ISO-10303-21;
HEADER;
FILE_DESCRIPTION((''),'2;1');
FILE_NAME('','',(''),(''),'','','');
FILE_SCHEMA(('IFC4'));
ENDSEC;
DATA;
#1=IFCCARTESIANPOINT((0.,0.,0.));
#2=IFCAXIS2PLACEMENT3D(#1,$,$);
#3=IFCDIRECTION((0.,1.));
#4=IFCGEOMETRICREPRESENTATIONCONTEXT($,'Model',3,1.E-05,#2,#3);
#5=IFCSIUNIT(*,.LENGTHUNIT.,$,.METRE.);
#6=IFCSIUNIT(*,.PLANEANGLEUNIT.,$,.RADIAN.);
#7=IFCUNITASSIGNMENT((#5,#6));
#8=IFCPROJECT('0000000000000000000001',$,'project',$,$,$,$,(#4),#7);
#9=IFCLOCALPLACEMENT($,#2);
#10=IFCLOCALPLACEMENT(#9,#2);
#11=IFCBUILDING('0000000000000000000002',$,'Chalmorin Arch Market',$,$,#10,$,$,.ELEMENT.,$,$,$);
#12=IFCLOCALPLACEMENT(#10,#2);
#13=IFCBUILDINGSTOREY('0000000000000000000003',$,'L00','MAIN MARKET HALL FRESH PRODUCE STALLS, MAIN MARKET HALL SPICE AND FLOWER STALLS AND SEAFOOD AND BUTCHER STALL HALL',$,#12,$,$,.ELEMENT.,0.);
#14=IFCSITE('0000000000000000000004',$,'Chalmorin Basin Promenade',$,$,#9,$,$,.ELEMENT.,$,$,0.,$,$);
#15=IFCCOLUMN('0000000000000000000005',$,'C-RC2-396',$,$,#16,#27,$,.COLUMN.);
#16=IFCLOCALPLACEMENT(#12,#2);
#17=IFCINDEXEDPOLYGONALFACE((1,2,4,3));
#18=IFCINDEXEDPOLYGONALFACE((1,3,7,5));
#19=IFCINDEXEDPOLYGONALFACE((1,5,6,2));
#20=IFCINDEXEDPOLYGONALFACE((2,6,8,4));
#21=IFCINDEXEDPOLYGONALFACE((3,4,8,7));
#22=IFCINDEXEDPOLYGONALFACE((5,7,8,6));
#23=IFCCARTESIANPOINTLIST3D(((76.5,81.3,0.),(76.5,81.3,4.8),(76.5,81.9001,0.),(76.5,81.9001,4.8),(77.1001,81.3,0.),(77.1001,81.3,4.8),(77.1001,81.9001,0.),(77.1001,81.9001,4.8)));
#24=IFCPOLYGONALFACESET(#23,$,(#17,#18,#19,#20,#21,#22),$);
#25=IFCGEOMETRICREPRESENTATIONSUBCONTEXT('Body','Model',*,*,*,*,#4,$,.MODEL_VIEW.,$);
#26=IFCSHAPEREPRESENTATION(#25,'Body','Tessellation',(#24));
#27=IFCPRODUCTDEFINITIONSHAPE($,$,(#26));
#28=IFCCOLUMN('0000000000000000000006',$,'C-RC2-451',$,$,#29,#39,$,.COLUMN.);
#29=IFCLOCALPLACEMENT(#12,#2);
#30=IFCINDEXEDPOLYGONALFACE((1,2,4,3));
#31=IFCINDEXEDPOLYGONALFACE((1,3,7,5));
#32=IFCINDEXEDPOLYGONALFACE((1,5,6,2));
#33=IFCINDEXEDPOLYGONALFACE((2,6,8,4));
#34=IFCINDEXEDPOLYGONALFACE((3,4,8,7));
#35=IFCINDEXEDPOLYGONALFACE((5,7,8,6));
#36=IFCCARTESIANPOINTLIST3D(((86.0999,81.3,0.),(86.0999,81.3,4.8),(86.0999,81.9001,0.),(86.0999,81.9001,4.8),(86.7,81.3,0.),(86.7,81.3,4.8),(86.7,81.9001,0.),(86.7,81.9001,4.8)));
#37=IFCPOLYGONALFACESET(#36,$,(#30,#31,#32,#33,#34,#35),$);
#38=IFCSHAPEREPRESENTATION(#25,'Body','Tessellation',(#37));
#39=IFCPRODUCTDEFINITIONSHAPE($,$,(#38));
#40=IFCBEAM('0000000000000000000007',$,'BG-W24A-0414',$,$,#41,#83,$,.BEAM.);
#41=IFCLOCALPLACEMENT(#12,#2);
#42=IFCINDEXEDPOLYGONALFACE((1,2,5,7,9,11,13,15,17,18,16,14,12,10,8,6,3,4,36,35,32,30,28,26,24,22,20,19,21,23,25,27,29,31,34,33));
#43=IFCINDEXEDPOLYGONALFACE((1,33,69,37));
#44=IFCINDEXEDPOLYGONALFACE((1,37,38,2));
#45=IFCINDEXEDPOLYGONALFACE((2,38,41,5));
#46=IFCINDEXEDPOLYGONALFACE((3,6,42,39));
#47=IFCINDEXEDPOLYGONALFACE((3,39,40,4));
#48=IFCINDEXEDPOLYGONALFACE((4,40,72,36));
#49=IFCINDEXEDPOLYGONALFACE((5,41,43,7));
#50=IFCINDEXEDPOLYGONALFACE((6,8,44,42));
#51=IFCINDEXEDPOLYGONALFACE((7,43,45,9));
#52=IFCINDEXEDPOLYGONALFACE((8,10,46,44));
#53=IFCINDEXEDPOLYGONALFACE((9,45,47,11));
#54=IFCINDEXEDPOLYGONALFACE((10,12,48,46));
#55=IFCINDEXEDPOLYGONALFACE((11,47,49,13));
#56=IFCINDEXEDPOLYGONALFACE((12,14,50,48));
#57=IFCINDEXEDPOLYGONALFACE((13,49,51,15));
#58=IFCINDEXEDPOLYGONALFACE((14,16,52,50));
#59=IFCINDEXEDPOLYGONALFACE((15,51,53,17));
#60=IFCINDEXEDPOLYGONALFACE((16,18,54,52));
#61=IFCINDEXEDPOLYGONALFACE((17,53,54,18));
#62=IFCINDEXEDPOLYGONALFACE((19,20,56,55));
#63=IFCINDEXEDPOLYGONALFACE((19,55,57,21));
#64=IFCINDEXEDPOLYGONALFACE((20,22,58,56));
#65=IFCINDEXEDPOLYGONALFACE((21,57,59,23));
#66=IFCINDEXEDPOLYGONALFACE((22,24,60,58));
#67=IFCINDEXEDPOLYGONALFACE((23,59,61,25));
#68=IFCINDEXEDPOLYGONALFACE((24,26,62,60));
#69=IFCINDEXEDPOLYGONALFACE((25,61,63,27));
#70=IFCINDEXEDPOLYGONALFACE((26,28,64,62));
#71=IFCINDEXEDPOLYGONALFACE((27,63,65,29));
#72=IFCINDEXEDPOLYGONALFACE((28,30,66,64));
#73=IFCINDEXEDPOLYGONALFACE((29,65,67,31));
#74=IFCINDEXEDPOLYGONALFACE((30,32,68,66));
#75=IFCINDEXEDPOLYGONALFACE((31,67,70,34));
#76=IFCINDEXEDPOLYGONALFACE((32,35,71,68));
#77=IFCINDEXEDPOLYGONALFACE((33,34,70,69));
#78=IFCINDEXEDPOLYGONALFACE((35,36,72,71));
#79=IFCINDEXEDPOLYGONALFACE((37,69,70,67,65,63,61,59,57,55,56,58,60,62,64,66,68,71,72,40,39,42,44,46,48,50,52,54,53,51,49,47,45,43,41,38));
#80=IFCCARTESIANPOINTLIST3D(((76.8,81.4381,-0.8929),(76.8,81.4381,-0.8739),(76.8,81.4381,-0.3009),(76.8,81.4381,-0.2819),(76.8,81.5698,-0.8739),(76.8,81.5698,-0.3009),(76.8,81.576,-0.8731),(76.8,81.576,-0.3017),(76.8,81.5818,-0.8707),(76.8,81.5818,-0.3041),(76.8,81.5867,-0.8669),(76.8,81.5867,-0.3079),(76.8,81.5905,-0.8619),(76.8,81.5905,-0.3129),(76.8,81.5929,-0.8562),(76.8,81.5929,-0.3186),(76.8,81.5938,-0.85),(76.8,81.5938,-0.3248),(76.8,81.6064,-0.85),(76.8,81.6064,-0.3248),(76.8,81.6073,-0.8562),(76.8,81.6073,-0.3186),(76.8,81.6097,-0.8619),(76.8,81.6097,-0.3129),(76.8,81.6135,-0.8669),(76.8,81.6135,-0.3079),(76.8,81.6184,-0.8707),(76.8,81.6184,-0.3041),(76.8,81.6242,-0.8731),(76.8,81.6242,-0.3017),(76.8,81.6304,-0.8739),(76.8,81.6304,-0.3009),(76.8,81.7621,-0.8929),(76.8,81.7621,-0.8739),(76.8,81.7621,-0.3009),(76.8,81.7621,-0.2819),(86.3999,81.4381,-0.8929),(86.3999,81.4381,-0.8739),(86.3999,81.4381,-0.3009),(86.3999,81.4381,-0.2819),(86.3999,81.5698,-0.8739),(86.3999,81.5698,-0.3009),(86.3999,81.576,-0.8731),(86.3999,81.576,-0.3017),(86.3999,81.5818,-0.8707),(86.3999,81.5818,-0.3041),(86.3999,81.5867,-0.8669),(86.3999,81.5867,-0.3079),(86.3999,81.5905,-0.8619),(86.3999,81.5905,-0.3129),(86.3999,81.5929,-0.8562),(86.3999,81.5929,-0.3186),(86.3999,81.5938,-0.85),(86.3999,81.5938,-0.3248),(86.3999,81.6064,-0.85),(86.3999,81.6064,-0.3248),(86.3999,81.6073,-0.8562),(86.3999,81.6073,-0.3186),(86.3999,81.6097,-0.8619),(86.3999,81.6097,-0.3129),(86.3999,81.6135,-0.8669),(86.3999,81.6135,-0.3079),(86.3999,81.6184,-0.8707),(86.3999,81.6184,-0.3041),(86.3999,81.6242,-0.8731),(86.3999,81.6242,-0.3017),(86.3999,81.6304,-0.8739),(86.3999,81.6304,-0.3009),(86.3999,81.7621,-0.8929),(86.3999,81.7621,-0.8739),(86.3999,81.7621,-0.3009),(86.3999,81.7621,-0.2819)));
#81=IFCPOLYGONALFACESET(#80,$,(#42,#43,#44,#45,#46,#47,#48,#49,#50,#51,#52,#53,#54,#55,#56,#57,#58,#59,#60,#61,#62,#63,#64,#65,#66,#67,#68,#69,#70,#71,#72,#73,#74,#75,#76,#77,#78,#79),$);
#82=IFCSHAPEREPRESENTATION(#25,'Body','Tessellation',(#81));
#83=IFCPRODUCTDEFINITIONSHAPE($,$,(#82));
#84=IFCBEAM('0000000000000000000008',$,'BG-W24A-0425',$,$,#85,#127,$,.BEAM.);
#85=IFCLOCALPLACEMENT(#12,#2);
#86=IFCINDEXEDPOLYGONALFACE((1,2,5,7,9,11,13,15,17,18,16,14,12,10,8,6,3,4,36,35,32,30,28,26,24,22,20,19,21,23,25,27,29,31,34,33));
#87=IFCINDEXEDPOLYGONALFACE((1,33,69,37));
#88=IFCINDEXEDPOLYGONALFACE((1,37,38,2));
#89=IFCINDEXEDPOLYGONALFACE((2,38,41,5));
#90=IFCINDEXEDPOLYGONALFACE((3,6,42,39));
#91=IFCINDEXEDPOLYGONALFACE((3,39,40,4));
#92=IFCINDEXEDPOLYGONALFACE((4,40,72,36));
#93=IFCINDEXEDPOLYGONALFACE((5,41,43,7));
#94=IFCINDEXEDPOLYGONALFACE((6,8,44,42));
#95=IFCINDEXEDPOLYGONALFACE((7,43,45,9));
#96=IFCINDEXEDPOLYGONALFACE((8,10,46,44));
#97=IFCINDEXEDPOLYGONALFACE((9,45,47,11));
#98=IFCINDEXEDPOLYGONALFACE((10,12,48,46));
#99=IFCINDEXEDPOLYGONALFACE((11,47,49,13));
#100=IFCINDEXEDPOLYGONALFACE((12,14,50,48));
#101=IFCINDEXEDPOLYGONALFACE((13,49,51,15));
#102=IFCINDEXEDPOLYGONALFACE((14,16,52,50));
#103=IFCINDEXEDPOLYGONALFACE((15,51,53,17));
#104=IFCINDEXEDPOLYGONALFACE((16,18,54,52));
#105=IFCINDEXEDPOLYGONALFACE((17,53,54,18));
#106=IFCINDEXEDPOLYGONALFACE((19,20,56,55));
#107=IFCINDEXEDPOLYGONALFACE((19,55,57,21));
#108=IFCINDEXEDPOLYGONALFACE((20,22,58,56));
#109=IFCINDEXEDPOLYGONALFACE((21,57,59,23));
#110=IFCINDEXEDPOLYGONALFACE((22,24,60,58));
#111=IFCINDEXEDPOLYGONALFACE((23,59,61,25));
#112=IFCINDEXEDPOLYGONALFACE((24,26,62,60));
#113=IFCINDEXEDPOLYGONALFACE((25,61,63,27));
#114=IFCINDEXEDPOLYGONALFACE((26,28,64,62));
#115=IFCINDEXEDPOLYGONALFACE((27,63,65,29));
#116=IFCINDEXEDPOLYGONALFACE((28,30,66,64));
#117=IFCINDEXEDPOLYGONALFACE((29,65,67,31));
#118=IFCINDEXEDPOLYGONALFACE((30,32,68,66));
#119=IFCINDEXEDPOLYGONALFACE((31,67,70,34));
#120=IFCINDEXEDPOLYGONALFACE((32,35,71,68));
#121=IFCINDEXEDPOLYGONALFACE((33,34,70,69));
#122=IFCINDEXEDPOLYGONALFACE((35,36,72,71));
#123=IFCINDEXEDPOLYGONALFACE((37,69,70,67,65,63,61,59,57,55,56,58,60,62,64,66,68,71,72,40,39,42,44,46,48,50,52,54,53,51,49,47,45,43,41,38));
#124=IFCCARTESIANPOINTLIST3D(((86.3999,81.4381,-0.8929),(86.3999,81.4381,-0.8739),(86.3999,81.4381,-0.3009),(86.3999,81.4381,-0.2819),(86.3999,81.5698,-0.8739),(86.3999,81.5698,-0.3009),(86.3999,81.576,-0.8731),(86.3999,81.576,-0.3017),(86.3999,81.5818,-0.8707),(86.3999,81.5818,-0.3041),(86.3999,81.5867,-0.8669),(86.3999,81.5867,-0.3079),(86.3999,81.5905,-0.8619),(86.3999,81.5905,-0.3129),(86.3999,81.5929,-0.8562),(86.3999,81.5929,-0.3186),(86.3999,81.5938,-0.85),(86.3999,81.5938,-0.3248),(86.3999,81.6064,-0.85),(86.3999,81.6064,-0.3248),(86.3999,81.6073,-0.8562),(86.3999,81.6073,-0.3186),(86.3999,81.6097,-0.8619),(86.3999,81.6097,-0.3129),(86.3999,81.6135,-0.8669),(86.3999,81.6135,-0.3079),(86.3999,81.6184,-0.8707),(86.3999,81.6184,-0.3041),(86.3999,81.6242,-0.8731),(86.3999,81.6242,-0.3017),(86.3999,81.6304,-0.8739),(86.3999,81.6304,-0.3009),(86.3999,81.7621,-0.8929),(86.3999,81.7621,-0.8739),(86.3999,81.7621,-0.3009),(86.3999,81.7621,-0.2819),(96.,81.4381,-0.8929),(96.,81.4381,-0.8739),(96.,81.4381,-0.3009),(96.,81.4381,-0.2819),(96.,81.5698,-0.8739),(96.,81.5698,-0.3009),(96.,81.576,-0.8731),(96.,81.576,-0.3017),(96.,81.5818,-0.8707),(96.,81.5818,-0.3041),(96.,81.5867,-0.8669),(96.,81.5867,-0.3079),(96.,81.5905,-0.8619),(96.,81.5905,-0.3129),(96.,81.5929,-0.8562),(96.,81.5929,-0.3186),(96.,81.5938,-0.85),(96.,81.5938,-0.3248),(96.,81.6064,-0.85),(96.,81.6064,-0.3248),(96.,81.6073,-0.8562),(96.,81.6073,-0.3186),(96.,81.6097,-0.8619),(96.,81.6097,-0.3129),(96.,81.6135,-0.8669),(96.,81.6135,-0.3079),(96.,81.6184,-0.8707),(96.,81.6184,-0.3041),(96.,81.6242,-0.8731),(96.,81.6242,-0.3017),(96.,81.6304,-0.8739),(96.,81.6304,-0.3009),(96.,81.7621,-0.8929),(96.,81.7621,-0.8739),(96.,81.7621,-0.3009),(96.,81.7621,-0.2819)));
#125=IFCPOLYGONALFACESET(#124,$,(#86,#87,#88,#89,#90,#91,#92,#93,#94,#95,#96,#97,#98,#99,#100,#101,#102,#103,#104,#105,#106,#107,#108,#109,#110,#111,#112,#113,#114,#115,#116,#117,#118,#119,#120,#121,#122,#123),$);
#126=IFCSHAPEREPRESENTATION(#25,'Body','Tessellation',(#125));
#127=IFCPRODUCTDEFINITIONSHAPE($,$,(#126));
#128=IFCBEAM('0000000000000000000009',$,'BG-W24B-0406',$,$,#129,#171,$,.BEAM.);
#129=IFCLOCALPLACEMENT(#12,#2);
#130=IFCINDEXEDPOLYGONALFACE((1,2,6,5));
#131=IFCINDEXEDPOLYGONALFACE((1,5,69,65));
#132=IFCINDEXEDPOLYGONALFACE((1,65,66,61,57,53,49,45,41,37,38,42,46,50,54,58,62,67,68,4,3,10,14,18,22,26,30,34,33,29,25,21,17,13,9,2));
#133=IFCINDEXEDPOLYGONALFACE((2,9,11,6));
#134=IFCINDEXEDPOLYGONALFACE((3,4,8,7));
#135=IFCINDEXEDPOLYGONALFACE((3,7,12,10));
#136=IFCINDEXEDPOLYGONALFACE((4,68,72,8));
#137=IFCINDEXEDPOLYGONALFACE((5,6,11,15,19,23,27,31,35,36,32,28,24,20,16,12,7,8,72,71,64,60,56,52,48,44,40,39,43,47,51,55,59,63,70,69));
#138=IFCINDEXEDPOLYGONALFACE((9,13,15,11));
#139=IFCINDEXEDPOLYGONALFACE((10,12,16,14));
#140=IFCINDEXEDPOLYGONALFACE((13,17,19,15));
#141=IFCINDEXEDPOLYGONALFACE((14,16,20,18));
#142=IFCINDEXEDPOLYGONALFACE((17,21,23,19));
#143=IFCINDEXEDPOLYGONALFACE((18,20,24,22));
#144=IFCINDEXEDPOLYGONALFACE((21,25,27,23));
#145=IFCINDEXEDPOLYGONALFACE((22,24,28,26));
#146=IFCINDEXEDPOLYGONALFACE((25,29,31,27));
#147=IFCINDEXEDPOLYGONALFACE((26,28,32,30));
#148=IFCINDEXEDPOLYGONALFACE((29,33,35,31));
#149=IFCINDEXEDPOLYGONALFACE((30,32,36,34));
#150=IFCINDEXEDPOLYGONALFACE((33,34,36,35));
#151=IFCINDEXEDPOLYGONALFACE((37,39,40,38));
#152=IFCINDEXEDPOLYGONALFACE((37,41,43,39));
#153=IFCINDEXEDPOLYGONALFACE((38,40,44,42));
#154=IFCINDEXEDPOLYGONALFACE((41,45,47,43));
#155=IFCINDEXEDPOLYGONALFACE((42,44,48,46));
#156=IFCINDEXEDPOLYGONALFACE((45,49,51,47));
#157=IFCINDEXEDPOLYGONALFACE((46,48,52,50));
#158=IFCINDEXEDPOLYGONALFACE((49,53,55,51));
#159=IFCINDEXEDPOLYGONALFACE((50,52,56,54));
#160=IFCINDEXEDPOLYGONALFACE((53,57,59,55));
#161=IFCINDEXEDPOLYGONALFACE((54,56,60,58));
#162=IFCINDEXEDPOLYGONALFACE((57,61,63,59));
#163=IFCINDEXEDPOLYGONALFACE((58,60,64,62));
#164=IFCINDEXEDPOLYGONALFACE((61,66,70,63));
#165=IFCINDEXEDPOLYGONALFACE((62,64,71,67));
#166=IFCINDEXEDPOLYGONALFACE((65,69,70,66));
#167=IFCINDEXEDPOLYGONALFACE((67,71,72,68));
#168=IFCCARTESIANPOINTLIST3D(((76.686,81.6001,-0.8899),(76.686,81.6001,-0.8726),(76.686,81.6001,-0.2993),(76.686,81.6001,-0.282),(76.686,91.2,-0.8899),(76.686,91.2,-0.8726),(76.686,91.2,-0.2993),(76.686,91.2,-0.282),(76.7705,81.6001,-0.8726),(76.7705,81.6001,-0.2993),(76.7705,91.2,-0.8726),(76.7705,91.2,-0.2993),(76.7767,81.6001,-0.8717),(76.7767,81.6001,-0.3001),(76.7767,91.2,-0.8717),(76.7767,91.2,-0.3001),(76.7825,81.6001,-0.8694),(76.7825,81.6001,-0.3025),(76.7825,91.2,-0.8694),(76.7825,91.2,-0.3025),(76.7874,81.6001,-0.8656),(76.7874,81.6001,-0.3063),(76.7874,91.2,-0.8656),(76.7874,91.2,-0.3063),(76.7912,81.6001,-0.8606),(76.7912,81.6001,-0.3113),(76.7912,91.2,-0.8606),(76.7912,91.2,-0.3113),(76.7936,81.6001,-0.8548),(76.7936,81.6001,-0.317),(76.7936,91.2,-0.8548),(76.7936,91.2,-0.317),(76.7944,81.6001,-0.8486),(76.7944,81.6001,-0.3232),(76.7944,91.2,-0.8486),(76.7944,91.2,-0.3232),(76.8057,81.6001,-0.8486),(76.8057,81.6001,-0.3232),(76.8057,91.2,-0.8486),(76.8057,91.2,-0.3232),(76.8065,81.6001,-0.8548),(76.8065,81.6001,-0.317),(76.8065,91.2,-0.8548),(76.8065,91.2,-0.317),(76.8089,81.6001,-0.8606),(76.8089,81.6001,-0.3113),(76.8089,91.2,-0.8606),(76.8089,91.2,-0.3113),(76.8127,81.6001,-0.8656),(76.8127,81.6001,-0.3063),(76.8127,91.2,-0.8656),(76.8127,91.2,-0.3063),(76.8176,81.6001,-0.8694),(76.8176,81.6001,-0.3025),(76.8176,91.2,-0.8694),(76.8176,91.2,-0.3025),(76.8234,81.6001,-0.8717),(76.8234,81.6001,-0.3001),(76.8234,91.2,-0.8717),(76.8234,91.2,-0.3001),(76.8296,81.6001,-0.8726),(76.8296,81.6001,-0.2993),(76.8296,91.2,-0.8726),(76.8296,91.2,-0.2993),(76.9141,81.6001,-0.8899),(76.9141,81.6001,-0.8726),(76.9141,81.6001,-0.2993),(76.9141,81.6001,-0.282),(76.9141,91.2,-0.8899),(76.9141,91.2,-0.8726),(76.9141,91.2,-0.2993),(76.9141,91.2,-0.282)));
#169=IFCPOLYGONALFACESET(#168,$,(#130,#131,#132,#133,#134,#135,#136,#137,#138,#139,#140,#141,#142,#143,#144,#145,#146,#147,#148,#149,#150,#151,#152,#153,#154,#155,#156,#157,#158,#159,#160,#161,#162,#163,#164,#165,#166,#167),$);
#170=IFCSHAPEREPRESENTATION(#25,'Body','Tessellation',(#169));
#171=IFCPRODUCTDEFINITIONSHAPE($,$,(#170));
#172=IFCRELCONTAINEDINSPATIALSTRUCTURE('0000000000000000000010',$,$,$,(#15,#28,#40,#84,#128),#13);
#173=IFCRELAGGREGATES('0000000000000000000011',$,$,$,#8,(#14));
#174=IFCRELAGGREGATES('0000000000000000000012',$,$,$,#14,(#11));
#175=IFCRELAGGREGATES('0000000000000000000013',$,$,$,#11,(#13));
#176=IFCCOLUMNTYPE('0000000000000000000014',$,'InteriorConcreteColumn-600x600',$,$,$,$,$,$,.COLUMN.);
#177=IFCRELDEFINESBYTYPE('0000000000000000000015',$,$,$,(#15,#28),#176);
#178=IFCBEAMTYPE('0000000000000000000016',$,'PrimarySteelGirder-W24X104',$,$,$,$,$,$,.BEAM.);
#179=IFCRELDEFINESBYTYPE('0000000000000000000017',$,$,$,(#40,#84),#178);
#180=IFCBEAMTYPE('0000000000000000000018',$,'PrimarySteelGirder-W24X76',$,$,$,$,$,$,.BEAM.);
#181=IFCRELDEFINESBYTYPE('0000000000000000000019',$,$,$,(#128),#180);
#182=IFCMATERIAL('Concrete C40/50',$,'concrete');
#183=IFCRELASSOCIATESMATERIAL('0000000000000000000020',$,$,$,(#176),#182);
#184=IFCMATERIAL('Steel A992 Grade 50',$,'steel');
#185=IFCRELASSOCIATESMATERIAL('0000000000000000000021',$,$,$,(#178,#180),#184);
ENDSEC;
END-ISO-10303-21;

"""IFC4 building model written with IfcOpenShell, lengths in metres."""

from ifc_helpers import new_model, si_unit, direction, frame, origin, origin_2d, place, context, subcontext, project, spatial, rectangle, i_section, extrude, material, material_profile, profile_set, type_object, element, save


model = new_model("IFC4")

# Units and contexts
model_context = context("Model", 3, precision=1e-05, world=origin(), true_north=direction((0.0, 1.0)))
body_context = subcontext(model_context, "Body", "Model", "MODEL_VIEW")
ifc_project = project(units=[si_unit("LENGTHUNIT", "METRE"), si_unit("PLANEANGLEUNIT", "RADIAN")], contexts=[model_context])

# Site, building, storey
site_placement = place(None, origin())
site = spatial("IfcSite", under=ifc_project, at=site_placement, Name="Chalmorin Basin Promenade", CompositionType="ELEMENT", RefElevation=0.0)
building_placement = place(site_placement, origin())
building = spatial("IfcBuilding", under=site, at=building_placement, Name="Chalmorin Arch Market", CompositionType="ELEMENT")
storey_placement = place(building_placement, origin())
storey = spatial("IfcBuildingStorey", under=building, at=storey_placement, Name="L00", Description="MAIN MARKET HALL FRESH PRODUCE STALLS, MAIN MARKET HALL SPICE AND FLOWER STALLS AND SEAFOOD AND BUTCHER STALL HALL", CompositionType="ELEMENT", Elevation=0.0)

# Columns
ifc_material_1 = material(Name="Concrete C40/50", Category="concrete")
ifc_material_profile_1 = material_profile(ifc_material_1, rectangle(XDim=0.6001, YDim=0.6001, at=origin_2d()), Name="RC600X600")
ifc_profile_set_1 = profile_set([ifc_material_profile_1], Name="Concrete C40/50")
column_type = type_object("IfcColumnType", Name="InteriorConcreteColumn-600x600", PredefinedType="COLUMN", material=ifc_profile_set_1)
for number, where, z_axis, x_axis, name in (
    (1, (76.8, 81.6001, 0.0), (0.0, 0.0, 1.0), (1.0, 0.0, 0.0), "C-RC2-396"),
    (2, (86.3999, 81.6001, 0.0), (0.0, 0.0, 1.0), (1.0, 0.0, 0.0), "C-RC2-451"),
):
    element("IfcColumn", number, at=place(storey_placement, frame(where, z_axis=z_axis, x_axis=x_axis)), inside=storey, type_object=column_type, Name=name, PredefinedType="COLUMN", context=body_context, shape_type="SweptSolid", body=[
        extrude(rectangle(XDim=0.6001, YDim=0.6001, at=origin_2d()), origin(), (0.0, 0.0, 1.0), 4.8),
    ])

# Beams
ifc_material_2 = material(Name="Steel A992 Grade 50", Category="steel")
ifc_material_profile_2 = material_profile(ifc_material_2, i_section(OverallWidth=0.324, OverallDepth=0.6111, WebThickness=0.0127, FlangeThickness=0.019, FilletRadius=0.0239, at=origin_2d()), Name="W24X104")
ifc_profile_set_2 = profile_set([ifc_material_profile_2], Name="Steel A992 Grade 50")
beam_type_1 = type_object("IfcBeamType", Name="PrimarySteelGirder-W24X104", PredefinedType="BEAM", material=ifc_profile_set_2)
beam_1_placement = place(storey_placement, frame((76.8, 81.6001, -0.5874), z_axis=(1.0, 0.0, 0.0), x_axis=(0.0, 1.0, 0.0)))
element("IfcBeam", 3, at=beam_1_placement, inside=storey, type_object=beam_type_1, Name="BG-W24A-0414", PredefinedType="BEAM", context=body_context, shape_type="SweptSolid", body=[
    extrude(i_section(OverallWidth=0.324, OverallDepth=0.6111, WebThickness=0.0127, FlangeThickness=0.019, FilletRadius=0.0239, at=origin_2d()), origin(), (0.0, 0.0, 1.0), 9.5999),
])
beam_2_placement = place(storey_placement, frame((86.3999, 81.6001, -0.5874), z_axis=(1.0, 0.0, 0.0), x_axis=(0.0, 1.0, 0.0)))
element("IfcBeam", 4, at=beam_2_placement, inside=storey, type_object=beam_type_1, Name="BG-W24A-0425", PredefinedType="BEAM", context=body_context, shape_type="SweptSolid", body=[
    extrude(i_section(OverallWidth=0.324, OverallDepth=0.6111, WebThickness=0.0127, FlangeThickness=0.019, FilletRadius=0.0239, at=origin_2d()), origin(), (0.0, 0.0, 1.0), 9.6001),
])
ifc_material_profile_3 = material_profile(ifc_material_2, i_section(OverallWidth=0.228, OverallDepth=0.6079, WebThickness=0.0112, FlangeThickness=0.0173, FilletRadius=0.0239, at=origin_2d()), Name="W24X76")
ifc_profile_set_3 = profile_set([ifc_material_profile_3], Name="Steel A992 Grade 50")
beam_type_2 = type_object("IfcBeamType", Name="PrimarySteelGirder-W24X76", PredefinedType="BEAM", material=ifc_profile_set_3)
for number, where, z_axis, x_axis, name in (
    (5, (76.8, 81.6001, -0.5859), (0.0, 1.0, 0.0), (-1.0, 0.0, 0.0), "BG-W24B-0406"),
):
    element("IfcBeam", number, at=place(storey_placement, frame(where, z_axis=z_axis, x_axis=x_axis)), inside=storey, type_object=beam_type_2, Name=name, PredefinedType="BEAM", context=body_context, shape_type="SweptSolid", body=[
        extrude(i_section(OverallWidth=0.228, OverallDepth=0.6079, WebThickness=0.0112, FlangeThickness=0.0173, FilletRadius=0.0239, at=origin_2d()), origin(), (0.0, 0.0, 1.0), 9.5999),
    ])

save(model, "model.ifc")
